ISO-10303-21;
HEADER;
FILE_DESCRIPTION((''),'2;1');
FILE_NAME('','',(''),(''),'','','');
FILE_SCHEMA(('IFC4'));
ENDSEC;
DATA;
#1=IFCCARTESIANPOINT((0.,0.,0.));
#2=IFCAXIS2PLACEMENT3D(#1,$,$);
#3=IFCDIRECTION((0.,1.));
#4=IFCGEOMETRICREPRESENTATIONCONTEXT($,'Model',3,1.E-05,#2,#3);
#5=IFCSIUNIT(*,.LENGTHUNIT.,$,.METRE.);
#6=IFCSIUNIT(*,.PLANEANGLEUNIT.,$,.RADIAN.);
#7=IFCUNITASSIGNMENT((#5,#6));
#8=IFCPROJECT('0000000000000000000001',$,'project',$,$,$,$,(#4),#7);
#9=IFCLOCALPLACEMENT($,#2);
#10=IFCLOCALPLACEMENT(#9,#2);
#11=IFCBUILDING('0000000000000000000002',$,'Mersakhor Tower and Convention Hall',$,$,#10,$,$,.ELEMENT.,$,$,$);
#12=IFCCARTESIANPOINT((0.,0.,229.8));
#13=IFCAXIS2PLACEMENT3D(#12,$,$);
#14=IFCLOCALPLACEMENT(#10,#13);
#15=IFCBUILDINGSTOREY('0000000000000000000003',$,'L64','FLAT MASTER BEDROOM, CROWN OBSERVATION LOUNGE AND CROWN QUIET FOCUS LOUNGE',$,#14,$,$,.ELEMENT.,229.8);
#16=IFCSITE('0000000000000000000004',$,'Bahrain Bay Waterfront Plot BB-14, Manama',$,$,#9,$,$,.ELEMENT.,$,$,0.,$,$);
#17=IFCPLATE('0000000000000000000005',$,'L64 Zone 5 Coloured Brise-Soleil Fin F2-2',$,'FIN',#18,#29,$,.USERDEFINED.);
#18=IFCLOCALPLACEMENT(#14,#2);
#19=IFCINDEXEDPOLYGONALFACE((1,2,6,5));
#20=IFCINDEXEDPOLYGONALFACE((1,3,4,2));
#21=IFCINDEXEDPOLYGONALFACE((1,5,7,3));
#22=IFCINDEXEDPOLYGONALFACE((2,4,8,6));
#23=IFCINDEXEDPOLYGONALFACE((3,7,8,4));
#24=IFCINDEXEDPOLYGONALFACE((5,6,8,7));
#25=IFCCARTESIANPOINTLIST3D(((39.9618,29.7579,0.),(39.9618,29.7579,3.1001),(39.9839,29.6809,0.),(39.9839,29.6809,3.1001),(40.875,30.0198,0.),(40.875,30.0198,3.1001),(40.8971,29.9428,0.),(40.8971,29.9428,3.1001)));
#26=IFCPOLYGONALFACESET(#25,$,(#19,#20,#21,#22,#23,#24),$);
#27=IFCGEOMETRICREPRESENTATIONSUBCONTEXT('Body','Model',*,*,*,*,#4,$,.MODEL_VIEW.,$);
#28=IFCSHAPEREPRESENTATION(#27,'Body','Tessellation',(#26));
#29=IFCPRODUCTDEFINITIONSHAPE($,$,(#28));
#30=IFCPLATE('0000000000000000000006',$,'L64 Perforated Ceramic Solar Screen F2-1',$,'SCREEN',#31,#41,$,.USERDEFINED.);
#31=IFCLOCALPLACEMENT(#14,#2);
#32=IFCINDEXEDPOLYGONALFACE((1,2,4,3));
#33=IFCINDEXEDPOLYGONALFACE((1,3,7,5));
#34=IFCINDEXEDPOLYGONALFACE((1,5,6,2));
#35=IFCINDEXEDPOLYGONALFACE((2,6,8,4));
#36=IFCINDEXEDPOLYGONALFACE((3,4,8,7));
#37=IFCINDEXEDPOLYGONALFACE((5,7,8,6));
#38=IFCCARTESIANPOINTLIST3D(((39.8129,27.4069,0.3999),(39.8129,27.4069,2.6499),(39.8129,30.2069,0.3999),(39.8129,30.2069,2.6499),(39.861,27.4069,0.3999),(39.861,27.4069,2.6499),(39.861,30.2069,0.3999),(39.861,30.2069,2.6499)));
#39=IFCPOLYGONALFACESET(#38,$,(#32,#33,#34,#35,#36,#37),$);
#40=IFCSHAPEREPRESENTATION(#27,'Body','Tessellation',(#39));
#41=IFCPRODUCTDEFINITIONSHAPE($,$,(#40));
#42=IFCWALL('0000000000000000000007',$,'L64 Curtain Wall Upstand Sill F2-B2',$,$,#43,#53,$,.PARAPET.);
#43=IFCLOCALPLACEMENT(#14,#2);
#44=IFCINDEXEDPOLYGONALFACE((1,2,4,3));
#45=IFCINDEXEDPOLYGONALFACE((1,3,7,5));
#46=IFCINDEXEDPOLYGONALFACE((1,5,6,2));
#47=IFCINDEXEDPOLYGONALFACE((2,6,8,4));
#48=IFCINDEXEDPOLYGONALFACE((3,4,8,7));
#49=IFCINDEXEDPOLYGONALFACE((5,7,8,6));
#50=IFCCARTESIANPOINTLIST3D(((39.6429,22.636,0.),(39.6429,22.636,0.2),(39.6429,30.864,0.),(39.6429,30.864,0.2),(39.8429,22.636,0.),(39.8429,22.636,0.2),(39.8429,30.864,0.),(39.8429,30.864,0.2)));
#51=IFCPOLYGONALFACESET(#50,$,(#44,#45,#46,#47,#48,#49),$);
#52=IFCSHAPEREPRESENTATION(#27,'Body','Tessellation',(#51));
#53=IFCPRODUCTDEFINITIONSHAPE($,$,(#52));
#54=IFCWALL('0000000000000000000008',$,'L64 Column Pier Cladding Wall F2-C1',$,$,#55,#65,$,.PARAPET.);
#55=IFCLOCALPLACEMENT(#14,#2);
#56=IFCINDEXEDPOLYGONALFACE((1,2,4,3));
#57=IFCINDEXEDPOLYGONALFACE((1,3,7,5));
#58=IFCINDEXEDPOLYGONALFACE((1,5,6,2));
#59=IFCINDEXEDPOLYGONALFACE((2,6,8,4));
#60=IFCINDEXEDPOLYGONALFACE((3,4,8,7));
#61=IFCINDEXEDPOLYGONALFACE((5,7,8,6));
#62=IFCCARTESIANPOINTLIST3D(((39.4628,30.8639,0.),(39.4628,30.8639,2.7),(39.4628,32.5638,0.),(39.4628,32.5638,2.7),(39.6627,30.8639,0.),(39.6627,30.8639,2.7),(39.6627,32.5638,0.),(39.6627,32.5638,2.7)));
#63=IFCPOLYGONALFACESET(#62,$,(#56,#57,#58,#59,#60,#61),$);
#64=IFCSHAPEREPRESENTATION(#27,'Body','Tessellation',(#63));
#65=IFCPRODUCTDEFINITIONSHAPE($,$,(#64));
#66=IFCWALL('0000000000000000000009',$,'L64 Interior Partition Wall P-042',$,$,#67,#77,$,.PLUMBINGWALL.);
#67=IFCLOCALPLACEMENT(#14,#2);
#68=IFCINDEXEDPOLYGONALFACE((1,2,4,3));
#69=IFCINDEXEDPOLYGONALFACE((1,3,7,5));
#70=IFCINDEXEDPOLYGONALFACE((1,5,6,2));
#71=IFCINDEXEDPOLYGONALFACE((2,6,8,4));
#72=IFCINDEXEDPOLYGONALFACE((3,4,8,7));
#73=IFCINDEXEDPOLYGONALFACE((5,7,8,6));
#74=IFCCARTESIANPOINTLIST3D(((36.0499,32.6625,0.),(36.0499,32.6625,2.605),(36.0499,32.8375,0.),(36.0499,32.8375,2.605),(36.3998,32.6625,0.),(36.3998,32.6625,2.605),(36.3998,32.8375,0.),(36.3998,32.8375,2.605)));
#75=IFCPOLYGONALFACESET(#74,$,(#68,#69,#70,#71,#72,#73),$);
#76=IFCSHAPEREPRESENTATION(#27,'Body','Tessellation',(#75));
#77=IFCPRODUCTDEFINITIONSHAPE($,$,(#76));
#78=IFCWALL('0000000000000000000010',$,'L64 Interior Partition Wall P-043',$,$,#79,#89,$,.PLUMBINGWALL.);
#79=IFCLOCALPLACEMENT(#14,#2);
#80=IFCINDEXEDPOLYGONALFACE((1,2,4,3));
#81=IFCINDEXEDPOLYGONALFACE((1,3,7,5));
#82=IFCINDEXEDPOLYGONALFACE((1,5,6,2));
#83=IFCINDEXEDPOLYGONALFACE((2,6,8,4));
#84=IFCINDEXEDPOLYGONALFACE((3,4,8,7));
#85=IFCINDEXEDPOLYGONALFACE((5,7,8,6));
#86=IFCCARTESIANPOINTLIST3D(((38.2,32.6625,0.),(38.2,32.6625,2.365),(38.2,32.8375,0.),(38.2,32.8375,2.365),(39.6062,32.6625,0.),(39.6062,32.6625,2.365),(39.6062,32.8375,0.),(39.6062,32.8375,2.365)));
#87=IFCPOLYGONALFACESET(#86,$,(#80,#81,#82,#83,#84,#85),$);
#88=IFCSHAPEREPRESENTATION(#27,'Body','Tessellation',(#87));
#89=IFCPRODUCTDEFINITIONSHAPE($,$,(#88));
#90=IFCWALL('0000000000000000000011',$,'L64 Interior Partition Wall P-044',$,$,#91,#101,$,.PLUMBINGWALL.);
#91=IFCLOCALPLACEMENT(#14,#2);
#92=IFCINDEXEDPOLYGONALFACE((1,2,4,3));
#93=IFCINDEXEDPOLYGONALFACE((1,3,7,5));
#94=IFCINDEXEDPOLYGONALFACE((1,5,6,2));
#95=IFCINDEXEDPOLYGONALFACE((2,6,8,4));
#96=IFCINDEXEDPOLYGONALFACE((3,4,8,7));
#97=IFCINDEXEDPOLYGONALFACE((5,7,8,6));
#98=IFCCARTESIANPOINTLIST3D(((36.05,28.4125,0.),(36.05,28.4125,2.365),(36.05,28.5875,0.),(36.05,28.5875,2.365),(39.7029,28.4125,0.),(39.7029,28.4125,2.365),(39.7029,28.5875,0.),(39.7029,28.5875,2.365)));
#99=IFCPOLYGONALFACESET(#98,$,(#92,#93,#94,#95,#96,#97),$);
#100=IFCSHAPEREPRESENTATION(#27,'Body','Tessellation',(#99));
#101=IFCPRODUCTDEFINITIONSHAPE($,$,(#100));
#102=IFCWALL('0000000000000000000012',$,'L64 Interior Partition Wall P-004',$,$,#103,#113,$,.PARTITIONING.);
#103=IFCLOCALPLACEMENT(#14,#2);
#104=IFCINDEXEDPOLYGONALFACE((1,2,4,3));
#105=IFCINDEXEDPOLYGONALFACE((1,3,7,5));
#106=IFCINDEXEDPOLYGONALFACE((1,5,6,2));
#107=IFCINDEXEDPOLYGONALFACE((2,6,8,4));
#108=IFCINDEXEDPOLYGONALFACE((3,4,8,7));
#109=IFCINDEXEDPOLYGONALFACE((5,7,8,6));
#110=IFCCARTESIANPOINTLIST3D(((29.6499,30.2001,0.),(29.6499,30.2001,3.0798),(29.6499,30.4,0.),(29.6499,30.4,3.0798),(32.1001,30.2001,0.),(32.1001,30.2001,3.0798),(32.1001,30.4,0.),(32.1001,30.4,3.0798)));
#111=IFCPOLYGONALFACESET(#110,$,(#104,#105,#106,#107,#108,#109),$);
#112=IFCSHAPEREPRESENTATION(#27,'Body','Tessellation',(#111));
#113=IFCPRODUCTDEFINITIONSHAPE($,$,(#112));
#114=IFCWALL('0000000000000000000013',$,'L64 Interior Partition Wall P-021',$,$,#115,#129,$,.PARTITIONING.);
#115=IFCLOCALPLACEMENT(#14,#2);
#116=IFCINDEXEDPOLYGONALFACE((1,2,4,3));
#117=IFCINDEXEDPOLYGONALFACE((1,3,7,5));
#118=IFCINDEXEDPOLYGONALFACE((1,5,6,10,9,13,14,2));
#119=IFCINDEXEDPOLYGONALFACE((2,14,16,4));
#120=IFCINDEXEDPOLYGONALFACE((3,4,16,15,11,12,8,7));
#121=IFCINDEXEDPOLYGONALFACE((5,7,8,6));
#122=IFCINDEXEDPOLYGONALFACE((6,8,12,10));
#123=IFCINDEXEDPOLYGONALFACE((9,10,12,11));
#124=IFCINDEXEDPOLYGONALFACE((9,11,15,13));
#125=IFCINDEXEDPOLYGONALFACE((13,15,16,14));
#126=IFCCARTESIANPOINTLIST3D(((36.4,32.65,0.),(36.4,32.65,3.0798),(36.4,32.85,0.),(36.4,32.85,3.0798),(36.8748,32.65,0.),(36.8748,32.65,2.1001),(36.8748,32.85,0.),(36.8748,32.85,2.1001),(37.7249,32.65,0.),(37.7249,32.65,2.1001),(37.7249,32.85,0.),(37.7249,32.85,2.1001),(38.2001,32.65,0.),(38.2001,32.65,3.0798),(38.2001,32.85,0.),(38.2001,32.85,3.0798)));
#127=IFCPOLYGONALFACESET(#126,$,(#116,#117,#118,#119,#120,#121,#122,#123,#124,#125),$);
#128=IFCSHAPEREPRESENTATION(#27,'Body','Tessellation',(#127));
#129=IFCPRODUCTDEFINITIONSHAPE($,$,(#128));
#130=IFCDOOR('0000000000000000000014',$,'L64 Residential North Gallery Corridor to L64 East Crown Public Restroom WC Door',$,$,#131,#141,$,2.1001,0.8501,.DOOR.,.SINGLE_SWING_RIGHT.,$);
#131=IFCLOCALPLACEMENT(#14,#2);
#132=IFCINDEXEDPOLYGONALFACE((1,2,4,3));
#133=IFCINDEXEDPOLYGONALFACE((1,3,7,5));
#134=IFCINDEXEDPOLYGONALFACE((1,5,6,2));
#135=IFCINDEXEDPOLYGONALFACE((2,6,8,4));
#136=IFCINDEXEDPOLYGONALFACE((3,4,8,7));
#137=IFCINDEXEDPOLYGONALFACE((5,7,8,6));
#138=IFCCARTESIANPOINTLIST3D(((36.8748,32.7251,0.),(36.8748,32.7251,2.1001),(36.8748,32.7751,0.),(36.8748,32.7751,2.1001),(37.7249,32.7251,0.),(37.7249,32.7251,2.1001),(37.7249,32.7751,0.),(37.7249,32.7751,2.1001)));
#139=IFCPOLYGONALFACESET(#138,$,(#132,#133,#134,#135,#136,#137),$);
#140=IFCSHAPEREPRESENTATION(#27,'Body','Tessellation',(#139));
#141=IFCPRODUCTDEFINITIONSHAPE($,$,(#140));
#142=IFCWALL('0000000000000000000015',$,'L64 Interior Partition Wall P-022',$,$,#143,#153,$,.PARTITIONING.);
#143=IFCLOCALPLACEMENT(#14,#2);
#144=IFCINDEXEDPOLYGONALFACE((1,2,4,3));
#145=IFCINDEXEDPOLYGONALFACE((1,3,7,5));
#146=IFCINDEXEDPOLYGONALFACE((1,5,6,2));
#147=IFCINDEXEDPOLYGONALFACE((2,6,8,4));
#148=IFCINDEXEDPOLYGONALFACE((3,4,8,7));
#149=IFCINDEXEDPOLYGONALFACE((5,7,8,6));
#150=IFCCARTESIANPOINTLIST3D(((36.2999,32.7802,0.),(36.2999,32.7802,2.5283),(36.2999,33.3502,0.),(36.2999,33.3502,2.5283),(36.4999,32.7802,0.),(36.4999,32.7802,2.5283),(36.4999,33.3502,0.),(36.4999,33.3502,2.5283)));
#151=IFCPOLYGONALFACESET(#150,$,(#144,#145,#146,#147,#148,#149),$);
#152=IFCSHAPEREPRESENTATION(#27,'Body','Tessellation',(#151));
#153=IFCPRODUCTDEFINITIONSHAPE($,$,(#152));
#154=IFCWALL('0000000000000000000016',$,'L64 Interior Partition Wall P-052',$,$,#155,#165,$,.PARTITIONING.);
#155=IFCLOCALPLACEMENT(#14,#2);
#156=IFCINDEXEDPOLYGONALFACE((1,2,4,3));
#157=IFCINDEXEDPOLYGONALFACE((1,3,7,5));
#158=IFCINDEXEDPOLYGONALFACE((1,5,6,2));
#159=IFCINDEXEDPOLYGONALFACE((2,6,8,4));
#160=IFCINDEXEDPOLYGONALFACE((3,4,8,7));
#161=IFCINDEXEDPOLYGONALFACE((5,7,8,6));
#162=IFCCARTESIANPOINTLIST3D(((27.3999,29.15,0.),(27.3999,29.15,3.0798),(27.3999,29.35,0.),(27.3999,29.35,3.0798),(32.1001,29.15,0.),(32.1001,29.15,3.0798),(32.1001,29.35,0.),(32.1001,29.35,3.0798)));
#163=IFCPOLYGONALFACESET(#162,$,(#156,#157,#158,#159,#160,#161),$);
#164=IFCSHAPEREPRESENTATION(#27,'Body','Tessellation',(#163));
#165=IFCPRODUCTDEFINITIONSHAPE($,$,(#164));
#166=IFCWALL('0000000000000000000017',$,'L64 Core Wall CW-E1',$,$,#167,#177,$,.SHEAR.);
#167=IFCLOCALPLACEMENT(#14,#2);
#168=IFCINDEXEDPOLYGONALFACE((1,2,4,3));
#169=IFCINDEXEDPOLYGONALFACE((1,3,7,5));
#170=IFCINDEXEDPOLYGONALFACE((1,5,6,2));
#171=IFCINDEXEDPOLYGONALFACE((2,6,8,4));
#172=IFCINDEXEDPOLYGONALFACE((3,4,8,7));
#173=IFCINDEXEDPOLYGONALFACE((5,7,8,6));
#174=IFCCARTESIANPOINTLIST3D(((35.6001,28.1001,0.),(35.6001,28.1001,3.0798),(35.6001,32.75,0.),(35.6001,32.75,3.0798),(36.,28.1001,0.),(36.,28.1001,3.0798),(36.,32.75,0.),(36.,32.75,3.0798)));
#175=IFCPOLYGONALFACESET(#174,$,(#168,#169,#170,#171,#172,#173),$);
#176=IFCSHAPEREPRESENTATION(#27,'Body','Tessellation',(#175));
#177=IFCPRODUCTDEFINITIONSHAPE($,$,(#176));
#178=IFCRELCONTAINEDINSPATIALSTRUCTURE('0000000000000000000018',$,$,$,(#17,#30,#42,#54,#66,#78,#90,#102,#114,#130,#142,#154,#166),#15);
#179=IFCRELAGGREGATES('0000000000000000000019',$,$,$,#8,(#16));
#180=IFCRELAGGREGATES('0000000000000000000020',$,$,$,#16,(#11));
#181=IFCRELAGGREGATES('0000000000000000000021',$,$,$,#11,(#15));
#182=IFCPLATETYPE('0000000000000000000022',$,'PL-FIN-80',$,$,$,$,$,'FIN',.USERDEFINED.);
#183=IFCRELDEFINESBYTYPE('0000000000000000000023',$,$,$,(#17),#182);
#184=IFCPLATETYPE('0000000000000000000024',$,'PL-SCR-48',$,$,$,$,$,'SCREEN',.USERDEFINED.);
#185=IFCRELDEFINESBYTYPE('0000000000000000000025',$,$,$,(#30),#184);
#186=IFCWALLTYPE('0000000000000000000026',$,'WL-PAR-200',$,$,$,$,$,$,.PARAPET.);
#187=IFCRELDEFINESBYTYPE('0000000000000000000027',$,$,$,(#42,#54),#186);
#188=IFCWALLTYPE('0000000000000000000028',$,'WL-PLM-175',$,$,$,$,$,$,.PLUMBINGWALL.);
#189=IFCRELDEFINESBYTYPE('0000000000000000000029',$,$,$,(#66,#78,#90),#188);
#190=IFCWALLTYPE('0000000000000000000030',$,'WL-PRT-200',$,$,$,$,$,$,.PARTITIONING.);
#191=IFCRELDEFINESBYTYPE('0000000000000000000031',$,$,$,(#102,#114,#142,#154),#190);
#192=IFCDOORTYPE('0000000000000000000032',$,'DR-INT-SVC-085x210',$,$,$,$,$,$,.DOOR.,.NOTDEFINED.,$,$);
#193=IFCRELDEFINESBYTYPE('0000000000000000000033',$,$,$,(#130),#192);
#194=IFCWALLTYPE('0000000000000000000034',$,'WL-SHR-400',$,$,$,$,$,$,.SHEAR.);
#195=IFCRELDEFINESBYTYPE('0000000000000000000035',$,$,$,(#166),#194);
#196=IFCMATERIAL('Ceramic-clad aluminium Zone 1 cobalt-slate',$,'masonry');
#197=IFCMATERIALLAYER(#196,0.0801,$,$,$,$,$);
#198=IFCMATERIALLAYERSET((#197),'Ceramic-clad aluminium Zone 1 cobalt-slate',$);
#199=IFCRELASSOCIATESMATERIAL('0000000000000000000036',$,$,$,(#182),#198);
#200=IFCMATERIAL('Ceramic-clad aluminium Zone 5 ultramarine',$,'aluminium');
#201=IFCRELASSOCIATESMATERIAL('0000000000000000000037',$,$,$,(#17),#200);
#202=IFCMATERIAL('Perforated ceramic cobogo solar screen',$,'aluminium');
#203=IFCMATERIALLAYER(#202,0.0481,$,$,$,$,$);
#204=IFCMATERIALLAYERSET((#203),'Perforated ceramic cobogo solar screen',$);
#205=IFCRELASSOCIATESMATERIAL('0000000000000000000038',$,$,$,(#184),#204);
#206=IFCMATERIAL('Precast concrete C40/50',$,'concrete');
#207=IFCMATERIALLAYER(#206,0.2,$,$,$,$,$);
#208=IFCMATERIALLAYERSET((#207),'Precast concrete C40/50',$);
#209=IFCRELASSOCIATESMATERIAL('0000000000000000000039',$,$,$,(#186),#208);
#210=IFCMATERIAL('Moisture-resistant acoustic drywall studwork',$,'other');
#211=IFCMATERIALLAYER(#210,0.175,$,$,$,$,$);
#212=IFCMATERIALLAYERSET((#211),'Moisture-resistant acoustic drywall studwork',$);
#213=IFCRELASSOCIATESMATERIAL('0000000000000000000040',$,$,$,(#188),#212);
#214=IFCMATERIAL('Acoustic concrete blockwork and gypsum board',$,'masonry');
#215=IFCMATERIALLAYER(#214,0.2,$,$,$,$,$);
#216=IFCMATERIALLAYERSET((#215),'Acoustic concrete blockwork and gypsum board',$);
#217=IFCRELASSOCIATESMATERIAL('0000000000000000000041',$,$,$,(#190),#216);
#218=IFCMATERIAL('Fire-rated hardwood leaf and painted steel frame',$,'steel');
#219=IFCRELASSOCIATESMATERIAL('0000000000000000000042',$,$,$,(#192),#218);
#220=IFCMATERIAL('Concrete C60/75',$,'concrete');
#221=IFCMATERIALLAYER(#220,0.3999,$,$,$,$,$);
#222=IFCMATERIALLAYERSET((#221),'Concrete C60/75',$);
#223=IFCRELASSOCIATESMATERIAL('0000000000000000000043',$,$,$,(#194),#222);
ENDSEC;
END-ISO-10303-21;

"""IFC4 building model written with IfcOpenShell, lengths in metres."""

from ifc_helpers import new_model, si_unit, direction, frame, frame_2d, origin, origin_2d, place, context, subcontext, project, spatial, rectangle, extrude, material, layer, layer_set, type_object, element, fill, save


model = new_model("IFC4")

# Units and contexts
model_context = context("Model", 3, precision=1e-05, world=origin(), true_north=direction((0.0, 1.0)))
body_context = subcontext(model_context, "Body", "Model", "MODEL_VIEW")
ifc_project = project(units=[si_unit("LENGTHUNIT", "METRE"), si_unit("PLANEANGLEUNIT", "RADIAN")], contexts=[model_context])

# Site, building, storey
site_placement = place(None, origin())
site = spatial("IfcSite", under=ifc_project, at=site_placement, Name="Bahrain Bay Waterfront Plot BB-14, Manama", CompositionType="ELEMENT", RefElevation=0.0)
building_placement = place(site_placement, origin())
building = spatial("IfcBuilding", under=site, at=building_placement, Name="Mersakhor Tower and Convention Hall", CompositionType="ELEMENT")
storey_placement = place(building_placement, frame((0.0, 0.0, 229.8)))
storey = spatial("IfcBuildingStorey", under=building, at=storey_placement, Name="L64", Description="FLAT MASTER BEDROOM, CROWN OBSERVATION LOUNGE AND CROWN QUIET FOCUS LOUNGE", CompositionType="ELEMENT", Elevation=229.8)

# Plates
ifc_material_1 = material(Name="Ceramic-clad aluminium Zone 5 ultramarine", Category="aluminium")
ifc_material_2 = material(Name="Ceramic-clad aluminium Zone 1 cobalt-slate", Category="masonry")
ifc_layer_1 = layer(ifc_material_2, 0.0801)
ifc_layer_set_1 = layer_set([ifc_layer_1], Name="Ceramic-clad aluminium Zone 1 cobalt-slate")
plate_type_1 = type_object("IfcPlateType", Name="PL-FIN-80", ElementType="FIN", PredefinedType="USERDEFINED", material=ifc_layer_set_1)
plate_1_placement = place(storey_placement, frame((40.4294, 29.8503, 0.0), z_axis=(0.0, 0.0, 1.0), x_axis=(0.961262, 0.275637, 0.0)))
element("IfcPlate", 1, at=plate_1_placement, inside=storey, type_object=plate_type_1, material=ifc_material_1, Name="L64 Zone 5 Coloured Brise-Soleil Fin F2-2", ObjectType="FIN", PredefinedType="USERDEFINED", context=body_context, shape_type="SweptSolid", body=[
    extrude(rectangle(XDim=0.95, YDim=0.0801, at=origin_2d()), origin(), (0.0, 0.0, 1.0), 3.1001),
])
ifc_material_3 = material(Name="Perforated ceramic cobogo solar screen", Category="aluminium")
ifc_layer_2 = layer(ifc_material_3, 0.0481)
ifc_layer_set_2 = layer_set([ifc_layer_2], Name="Perforated ceramic cobogo solar screen")
plate_type_2 = type_object("IfcPlateType", Name="PL-SCR-48", ElementType="SCREEN", PredefinedType="USERDEFINED", material=ifc_layer_set_2)
plate_2_placement = place(storey_placement, frame((39.8369, 28.8069, 0.3999), z_axis=(0.0, 0.0, 1.0), x_axis=(0.0, -1.0, 0.0)))
element("IfcPlate", 2, at=plate_2_placement, inside=storey, type_object=plate_type_2, Name="L64 Perforated Ceramic Solar Screen F2-1", ObjectType="SCREEN", PredefinedType="USERDEFINED", context=body_context, shape_type="SweptSolid", body=[
    extrude(rectangle(XDim=2.8, YDim=0.0481, at=origin_2d()), origin(), (0.0, 0.0, 1.0), 2.25),
])

# Walls
ifc_material_4 = material(Name="Precast concrete C40/50", Category="concrete")
ifc_layer_3 = layer(ifc_material_4, 0.2)
ifc_layer_set_3 = layer_set([ifc_layer_3], Name="Precast concrete C40/50")
wall_type_1 = type_object("IfcWallType", Name="WL-PAR-200", PredefinedType="PARAPET", material=ifc_layer_set_3)
wall_1_placement = place(storey_placement, frame((39.7429, 30.864, 0.0), z_axis=(0.0, 0.0, 1.0), x_axis=(0.0, -1.0, 0.0)))
element("IfcWall", 3, at=wall_1_placement, inside=storey, type_object=wall_type_1, Name="L64 Curtain Wall Upstand Sill F2-B2", PredefinedType="PARAPET", context=body_context, shape_type="SweptSolid", body=[
    extrude(rectangle(XDim=8.228, YDim=0.2, at=frame_2d((4.114, 0.0))), origin(), (0.0, 0.0, 1.0), 0.2),
])
wall_2_placement = place(storey_placement, frame((39.5627, 32.564, 0.0), z_axis=(0.0, 0.0, 1.0), x_axis=(0.0, -1.0, 0.0)))
element("IfcWall", 4, at=wall_2_placement, inside=storey, type_object=wall_type_1, Name="L64 Column Pier Cladding Wall F2-C1", PredefinedType="PARAPET", context=body_context, shape_type="SweptSolid", body=[
    extrude(rectangle(XDim=1.7, YDim=0.2, at=frame_2d((0.8501, 0.0))), origin(), (0.0, 0.0, 1.0), 2.7),
])
ifc_material_5 = material(Name="Moisture-resistant acoustic drywall studwork", Category="other")
ifc_layer_4 = layer(ifc_material_5, 0.175)
ifc_layer_set_4 = layer_set([ifc_layer_4], Name="Moisture-resistant acoustic drywall studwork")
wall_type_2 = type_object("IfcWallType", Name="WL-PLM-175", PredefinedType="PLUMBINGWALL", material=ifc_layer_set_4)
wall_3_placement = place(storey_placement, frame((36.05, 32.75, 0.0), z_axis=(0.0, 0.0, 1.0), x_axis=(1.0, 0.0, 0.0)))
element("IfcWall", 5, at=wall_3_placement, inside=storey, type_object=wall_type_2, Name="L64 Interior Partition Wall P-042", PredefinedType="PLUMBINGWALL", context=body_context, shape_type="SweptSolid", body=[
    extrude(rectangle(XDim=0.3499, YDim=0.175, at=frame_2d((0.1748, 0.0))), origin(), (0.0, 0.0, 1.0), 2.605),
])
wall_4_placement = place(storey_placement, frame((38.2, 32.75, 0.0), z_axis=(0.0, 0.0, 1.0), x_axis=(1.0, 0.0, 0.0)))
element("IfcWall", 6, at=wall_4_placement, inside=storey, type_object=wall_type_2, Name="L64 Interior Partition Wall P-043", PredefinedType="PLUMBINGWALL", context=body_context, shape_type="SweptSolid", body=[
    extrude(rectangle(XDim=1.4062, YDim=0.175, at=frame_2d((0.7031, 0.0))), origin(), (0.0, 0.0, 1.0), 2.365),
])
wall_5_placement = place(storey_placement, frame((39.7029, 28.5, 0.0), z_axis=(0.0, 0.0, 1.0), x_axis=(-1.0, 0.0, 0.0)))
element("IfcWall", 7, at=wall_5_placement, inside=storey, type_object=wall_type_2, Name="L64 Interior Partition Wall P-044", PredefinedType="PLUMBINGWALL", context=body_context, shape_type="SweptSolid", body=[
    extrude(rectangle(XDim=3.6528, YDim=0.175, at=frame_2d((1.8264, 0.0))), origin(), (0.0, 0.0, 1.0), 2.365),
])
ifc_material_6 = material(Name="Acoustic concrete blockwork and gypsum board", Category="masonry")
ifc_layer_5 = layer(ifc_material_6, 0.2)
ifc_layer_set_5 = layer_set([ifc_layer_5], Name="Acoustic concrete blockwork and gypsum board")
wall_type_3 = type_object("IfcWallType", Name="WL-PRT-200", PredefinedType="PARTITIONING", material=ifc_layer_set_5)
wall_6_placement = place(storey_placement, frame((32.1001, 30.3, 0.0), z_axis=(0.0, 0.0, 1.0), x_axis=(-1.0, 0.0, 0.0)))
element("IfcWall", 8, at=wall_6_placement, inside=storey, type_object=wall_type_3, Name="L64 Interior Partition Wall P-004", PredefinedType="PARTITIONING", context=body_context, shape_type="SweptSolid", body=[
    extrude(rectangle(XDim=2.4502, YDim=0.2, at=frame_2d((1.2251, 0.0))), origin(), (0.0, 0.0, 1.0), 3.0798),
])

# Wall, opening, door
wall_7_placement = place(storey_placement, frame((38.2, 32.75, 0.0), z_axis=(0.0, 0.0, 1.0), x_axis=(-1.0, 0.0, 0.0)))
wall_7 = element("IfcWall", 9, at=wall_7_placement, inside=storey, type_object=wall_type_3, Name="L64 Interior Partition Wall P-021", PredefinedType="PARTITIONING", context=body_context, shape_type="SweptSolid", body=[
    extrude(rectangle(XDim=1.8, YDim=0.2, at=frame_2d((0.8999, 0.0))), origin(), (0.0, 0.0, 1.0), 3.0798),
])
opening_1_placement = place(wall_7_placement, frame((0.4751, 0.0, 0.0)))
opening_1 = element("IfcOpeningElement", 10, at=opening_1_placement, cuts=wall_7, PredefinedType="OPENING", context=body_context, shape_type="SweptSolid", body=[
    extrude(rectangle(XDim=0.8501, YDim=2.1001, at=frame_2d((0.425, 1.05))), frame((0.0, 0.1099, 0.0), z_axis=(0.0, -1.0, 0.0), x_axis=(1.0, 0.0, 0.0)), (0.0, 0.0, 1.0), 0.22),
])
ifc_material_7 = material(Name="Fire-rated hardwood leaf and painted steel frame", Category="steel")
door_type_1 = type_object("IfcDoorType", Name="DR-INT-SVC-085x210", OperationType="NOTDEFINED", PredefinedType="DOOR", material=ifc_material_7)
door_1_placement = place(opening_1_placement, origin())
door_1 = element("IfcDoor", 11, at=door_1_placement, inside=storey, type_object=door_type_1, Name="L64 Residential North Gallery Corridor to L64 East Crown Public Restroom WC Door", OperationType="SINGLE_SWING_RIGHT", OverallHeight=2.1001, OverallWidth=0.8501, PredefinedType="DOOR", context=body_context, shape_type="SweptSolid", body=[
    extrude(rectangle(XDim=0.8501, YDim=2.1001, at=frame_2d((0.425, 1.05))), frame((0.0, 0.0249, 0.0), z_axis=(0.0, -1.0, 0.0), x_axis=(1.0, 0.0, 0.0)), (0.0, 0.0, 1.0), 0.05),
])
fill(opening_1, door_1)

# Walls
wall_8_placement = place(storey_placement, frame((36.3999, 32.78, 0.0), z_axis=(0.0, 0.0, 1.0), x_axis=(0.0, 1.0, 0.0)))
element("IfcWall", 12, at=wall_8_placement, inside=storey, type_object=wall_type_3, Name="L64 Interior Partition Wall P-022", PredefinedType="PARTITIONING", context=body_context, shape_type="SweptSolid", body=[
    extrude(rectangle(XDim=0.5701, YDim=0.2, at=frame_2d((0.2852, 0.0))), origin(), (0.0, 0.0, 1.0), 2.5283),
])
wall_9_placement = place(storey_placement, frame((32.1001, 29.25, 0.0), z_axis=(0.0, 0.0, 1.0), x_axis=(-1.0, 0.0, 0.0)))
element("IfcWall", 13, at=wall_9_placement, inside=storey, type_object=wall_type_3, Name="L64 Interior Partition Wall P-052", PredefinedType="PARTITIONING", context=body_context, shape_type="SweptSolid", body=[
    extrude(rectangle(XDim=4.7002, YDim=0.2, at=frame_2d((2.3501, 0.0))), origin(), (0.0, 0.0, 1.0), 3.0798),
])

# Shared definitions
ifc_material_8 = material(Name="Concrete C60/75", Category="concrete")
ifc_layer_6 = layer(ifc_material_8, 0.3999)
ifc_layer_set_6 = layer_set([ifc_layer_6], Name="Concrete C60/75")
wall_type_4 = type_object("IfcWallType", Name="WL-SHR-400", PredefinedType="SHEAR", material=ifc_layer_set_6)

# Wall
wall_10_placement = place(storey_placement, frame((35.8, 32.75, 0.0), z_axis=(0.0, 0.0, 1.0), x_axis=(0.0, -1.0, 0.0)))
element("IfcWall", 14, at=wall_10_placement, inside=storey, type_object=wall_type_4, Name="L64 Core Wall CW-E1", PredefinedType="SHEAR", context=body_context, shape_type="SweptSolid", body=[
    extrude(rectangle(XDim=4.6499, YDim=0.3999, at=frame_2d((2.325, 0.0))), origin(), (0.0, 0.0, 1.0), 3.0798),
])

save(model, "model.ifc")
